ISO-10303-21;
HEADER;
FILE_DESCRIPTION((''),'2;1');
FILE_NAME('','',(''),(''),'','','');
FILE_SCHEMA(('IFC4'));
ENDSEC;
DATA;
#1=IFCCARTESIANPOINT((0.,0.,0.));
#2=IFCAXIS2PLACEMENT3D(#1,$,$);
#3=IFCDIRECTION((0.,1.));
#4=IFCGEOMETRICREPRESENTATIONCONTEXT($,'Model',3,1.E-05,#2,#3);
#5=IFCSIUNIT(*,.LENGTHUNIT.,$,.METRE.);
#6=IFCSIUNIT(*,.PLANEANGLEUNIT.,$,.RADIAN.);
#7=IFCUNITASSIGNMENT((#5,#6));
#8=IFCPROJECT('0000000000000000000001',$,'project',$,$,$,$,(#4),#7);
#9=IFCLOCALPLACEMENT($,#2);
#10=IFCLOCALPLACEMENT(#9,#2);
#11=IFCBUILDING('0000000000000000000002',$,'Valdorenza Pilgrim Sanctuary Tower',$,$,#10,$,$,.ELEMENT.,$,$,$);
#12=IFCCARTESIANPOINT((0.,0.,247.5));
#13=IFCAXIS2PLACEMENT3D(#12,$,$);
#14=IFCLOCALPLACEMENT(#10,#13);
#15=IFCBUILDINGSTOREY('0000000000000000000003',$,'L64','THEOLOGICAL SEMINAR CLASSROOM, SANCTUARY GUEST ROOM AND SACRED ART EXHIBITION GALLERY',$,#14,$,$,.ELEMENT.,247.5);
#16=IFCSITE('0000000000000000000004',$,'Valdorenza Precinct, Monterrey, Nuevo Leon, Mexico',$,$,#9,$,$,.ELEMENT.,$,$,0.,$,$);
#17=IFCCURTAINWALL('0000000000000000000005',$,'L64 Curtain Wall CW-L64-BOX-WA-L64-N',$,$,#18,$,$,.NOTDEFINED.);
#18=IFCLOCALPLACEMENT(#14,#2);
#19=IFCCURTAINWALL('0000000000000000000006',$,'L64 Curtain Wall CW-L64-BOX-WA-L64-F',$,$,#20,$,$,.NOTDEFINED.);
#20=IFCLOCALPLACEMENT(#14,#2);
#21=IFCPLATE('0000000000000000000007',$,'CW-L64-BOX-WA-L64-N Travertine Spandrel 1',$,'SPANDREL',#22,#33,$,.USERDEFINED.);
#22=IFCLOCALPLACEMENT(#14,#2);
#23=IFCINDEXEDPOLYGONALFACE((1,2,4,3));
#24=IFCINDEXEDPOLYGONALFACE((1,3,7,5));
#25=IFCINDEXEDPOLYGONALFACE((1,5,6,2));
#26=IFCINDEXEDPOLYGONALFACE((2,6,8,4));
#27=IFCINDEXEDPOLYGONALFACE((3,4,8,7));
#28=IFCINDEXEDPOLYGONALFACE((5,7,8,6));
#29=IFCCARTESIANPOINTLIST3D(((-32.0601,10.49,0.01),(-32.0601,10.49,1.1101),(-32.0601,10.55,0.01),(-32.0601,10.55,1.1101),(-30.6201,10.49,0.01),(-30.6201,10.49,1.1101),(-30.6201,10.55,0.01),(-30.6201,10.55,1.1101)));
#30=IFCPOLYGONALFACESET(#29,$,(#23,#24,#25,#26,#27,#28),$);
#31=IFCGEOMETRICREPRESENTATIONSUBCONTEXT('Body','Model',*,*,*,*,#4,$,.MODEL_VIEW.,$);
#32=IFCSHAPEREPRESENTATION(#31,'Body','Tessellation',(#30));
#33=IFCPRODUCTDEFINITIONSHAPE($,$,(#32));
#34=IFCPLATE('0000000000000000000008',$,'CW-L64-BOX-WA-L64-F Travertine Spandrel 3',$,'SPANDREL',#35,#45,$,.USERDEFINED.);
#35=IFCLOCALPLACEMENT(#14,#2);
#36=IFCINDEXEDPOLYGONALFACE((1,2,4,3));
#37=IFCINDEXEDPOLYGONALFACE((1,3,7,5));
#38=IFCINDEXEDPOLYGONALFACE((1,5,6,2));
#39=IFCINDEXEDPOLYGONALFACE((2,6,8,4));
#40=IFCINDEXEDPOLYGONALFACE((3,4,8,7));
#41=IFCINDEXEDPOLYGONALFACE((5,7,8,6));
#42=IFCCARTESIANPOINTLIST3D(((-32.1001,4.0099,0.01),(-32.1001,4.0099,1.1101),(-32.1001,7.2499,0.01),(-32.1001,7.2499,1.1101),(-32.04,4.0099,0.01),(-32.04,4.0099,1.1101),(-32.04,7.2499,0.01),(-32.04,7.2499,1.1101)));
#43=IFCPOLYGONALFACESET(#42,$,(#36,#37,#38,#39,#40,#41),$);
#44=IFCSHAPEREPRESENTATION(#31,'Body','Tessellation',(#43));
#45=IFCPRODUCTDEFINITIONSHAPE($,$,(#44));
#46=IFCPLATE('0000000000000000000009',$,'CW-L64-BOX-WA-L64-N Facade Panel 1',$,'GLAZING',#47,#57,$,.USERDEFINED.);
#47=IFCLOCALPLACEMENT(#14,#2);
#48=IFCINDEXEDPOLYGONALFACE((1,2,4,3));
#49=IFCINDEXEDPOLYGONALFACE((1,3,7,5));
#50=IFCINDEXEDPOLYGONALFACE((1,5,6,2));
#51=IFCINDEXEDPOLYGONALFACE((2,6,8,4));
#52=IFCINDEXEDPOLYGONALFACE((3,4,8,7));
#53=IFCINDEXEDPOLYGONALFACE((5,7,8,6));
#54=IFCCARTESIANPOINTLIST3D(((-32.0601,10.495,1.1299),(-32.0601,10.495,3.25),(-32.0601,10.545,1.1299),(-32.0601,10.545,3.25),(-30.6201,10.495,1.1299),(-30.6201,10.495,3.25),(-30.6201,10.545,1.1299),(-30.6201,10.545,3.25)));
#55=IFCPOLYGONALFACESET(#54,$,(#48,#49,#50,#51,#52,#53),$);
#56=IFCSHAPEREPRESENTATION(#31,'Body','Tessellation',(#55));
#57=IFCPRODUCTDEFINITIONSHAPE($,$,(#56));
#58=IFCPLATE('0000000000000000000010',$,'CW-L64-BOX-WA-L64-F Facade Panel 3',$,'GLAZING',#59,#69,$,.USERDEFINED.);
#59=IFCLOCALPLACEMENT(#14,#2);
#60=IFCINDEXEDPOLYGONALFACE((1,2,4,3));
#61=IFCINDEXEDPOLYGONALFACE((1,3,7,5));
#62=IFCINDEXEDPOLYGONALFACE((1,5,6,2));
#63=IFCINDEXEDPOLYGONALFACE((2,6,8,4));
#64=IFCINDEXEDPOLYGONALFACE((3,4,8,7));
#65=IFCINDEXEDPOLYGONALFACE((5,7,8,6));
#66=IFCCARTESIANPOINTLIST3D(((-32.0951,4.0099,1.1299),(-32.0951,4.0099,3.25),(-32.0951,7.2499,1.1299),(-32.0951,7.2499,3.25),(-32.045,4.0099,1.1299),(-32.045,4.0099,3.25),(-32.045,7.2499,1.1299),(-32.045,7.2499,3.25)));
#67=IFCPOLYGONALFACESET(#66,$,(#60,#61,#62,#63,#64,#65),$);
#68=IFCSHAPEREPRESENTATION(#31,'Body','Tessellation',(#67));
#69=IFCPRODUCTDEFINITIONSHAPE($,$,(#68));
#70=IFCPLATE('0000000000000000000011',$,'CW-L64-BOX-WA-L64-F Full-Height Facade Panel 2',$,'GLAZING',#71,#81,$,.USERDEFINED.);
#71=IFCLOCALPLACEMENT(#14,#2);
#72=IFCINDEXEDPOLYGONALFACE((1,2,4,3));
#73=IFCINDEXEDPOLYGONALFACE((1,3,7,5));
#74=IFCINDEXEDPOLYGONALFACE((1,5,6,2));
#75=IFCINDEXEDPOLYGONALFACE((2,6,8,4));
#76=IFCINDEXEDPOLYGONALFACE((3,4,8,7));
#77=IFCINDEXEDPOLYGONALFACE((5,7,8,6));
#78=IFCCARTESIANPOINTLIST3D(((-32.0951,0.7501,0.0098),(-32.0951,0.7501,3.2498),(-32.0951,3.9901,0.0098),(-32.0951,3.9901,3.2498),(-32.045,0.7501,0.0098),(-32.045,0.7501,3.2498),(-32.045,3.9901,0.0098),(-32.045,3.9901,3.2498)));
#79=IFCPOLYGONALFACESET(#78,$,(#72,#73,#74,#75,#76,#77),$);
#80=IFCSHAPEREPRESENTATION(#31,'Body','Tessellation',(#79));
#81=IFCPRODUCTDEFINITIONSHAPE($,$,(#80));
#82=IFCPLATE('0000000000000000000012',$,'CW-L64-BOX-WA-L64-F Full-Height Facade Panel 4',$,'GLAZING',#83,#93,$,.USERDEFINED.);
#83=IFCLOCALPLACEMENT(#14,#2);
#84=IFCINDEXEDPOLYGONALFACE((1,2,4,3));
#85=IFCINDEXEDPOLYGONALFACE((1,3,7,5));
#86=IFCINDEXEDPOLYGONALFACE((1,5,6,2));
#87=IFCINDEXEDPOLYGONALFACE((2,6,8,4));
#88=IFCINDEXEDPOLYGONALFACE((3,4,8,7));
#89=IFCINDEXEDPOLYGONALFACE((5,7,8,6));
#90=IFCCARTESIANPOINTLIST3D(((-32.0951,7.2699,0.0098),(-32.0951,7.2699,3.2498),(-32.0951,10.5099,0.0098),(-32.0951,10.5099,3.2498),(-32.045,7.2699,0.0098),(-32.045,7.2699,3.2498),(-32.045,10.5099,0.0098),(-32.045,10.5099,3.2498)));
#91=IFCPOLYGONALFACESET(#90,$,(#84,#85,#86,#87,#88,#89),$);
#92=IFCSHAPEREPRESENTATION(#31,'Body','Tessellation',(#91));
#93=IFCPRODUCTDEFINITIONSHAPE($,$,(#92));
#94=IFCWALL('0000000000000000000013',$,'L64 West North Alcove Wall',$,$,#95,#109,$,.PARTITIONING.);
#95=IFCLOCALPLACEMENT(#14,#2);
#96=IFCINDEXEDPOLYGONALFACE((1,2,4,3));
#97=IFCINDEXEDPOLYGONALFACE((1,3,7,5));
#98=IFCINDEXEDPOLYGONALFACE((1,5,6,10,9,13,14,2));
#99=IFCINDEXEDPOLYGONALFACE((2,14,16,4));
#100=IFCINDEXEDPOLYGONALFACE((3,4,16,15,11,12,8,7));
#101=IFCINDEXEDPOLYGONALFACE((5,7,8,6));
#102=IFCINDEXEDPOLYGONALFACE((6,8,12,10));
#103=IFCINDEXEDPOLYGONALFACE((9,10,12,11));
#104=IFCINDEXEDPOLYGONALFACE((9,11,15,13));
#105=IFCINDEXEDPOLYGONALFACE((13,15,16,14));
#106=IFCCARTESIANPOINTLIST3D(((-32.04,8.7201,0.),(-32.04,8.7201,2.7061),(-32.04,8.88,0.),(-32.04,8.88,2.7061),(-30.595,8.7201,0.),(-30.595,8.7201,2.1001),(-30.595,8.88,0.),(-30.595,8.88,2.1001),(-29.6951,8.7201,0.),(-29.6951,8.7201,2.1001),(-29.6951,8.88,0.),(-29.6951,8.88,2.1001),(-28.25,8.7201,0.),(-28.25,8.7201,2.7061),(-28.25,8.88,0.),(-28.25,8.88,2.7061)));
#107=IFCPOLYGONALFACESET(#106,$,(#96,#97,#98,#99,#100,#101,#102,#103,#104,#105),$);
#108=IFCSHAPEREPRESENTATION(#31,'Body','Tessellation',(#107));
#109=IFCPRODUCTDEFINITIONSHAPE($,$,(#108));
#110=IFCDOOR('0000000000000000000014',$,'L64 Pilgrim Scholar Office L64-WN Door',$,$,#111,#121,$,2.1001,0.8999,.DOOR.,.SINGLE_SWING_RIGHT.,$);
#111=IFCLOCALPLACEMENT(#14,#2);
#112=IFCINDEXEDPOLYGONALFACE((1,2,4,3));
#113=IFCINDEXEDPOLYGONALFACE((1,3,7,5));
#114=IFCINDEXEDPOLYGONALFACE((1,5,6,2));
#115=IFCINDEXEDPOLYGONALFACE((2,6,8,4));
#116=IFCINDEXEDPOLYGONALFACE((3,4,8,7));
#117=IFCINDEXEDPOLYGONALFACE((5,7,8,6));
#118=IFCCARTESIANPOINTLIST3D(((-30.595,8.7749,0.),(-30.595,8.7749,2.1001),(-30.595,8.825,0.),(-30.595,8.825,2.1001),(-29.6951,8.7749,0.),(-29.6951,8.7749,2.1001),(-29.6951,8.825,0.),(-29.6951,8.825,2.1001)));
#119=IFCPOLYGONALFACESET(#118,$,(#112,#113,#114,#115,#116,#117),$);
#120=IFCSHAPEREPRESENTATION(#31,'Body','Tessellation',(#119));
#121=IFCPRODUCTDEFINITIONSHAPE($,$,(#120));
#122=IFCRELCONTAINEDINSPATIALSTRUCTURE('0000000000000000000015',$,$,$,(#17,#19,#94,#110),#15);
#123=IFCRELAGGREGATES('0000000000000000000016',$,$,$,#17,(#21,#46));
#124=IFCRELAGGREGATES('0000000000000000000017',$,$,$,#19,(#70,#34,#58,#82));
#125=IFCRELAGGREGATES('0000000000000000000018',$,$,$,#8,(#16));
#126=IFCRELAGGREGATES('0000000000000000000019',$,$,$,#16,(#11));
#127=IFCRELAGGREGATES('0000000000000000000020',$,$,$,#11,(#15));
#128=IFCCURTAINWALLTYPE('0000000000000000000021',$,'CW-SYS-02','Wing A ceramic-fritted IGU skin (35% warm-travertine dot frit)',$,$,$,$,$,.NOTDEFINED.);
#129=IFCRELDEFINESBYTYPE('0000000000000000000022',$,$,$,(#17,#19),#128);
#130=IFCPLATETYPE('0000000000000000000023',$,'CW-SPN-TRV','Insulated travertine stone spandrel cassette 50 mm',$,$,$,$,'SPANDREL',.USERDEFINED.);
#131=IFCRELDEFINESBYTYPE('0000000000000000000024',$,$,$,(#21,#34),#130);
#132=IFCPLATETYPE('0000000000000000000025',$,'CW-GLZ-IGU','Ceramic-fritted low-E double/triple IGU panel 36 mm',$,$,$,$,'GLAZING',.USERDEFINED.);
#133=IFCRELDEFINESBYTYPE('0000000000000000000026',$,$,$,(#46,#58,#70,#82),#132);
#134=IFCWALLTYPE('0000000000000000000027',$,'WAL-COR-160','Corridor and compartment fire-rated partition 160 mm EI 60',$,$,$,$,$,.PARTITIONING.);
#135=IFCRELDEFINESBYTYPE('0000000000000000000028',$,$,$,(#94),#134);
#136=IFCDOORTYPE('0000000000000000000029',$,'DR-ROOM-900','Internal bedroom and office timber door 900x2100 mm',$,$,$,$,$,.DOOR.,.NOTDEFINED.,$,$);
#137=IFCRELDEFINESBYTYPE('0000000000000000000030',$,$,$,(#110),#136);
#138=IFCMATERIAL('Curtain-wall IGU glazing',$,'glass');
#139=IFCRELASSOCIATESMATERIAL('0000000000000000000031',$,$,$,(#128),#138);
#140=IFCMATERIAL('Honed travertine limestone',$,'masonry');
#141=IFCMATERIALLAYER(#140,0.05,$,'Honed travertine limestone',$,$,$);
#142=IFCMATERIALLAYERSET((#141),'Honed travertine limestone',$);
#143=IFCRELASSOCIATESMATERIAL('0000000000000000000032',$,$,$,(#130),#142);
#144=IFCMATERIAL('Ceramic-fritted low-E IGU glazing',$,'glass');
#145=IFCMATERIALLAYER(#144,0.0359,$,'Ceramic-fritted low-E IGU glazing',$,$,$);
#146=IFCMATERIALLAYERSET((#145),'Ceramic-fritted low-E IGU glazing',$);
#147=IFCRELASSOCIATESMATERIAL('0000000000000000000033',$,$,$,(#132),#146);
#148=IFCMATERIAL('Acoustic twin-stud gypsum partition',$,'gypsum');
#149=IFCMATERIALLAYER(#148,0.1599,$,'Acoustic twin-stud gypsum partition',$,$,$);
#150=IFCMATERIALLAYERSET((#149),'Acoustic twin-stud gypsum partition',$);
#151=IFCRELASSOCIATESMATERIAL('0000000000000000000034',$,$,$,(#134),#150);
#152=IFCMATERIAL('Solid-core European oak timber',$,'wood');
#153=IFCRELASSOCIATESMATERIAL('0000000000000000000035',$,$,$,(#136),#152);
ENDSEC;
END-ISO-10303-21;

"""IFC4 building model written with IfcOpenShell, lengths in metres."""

from ifc_helpers import new_model, si_unit, direction, frame, frame_2d, origin, origin_2d, place, context, subcontext, project, spatial, rectangle, extrude, source, transform, mapped, material, layer, layer_set, type_object, element, fill, aggregate, save


model = new_model("IFC4")

# Units and contexts
model_context = context("Model", 3, precision=1e-05, world=origin(), true_north=direction((0.0, 1.0)))
body_context = subcontext(model_context, "Body", "Model", "MODEL_VIEW")
ifc_project = project(units=[si_unit("LENGTHUNIT", "METRE"), si_unit("PLANEANGLEUNIT", "RADIAN")], contexts=[model_context])

# Site, building, storey
site_placement = place(None, origin())
site = spatial("IfcSite", under=ifc_project, at=site_placement, Name="Valdorenza Precinct, Monterrey, Nuevo Leon, Mexico", CompositionType="ELEMENT", RefElevation=0.0)
building_placement = place(site_placement, origin())
building = spatial("IfcBuilding", under=site, at=building_placement, Name="Valdorenza Pilgrim Sanctuary Tower", CompositionType="ELEMENT")
storey_placement = place(building_placement, frame((0.0, 0.0, 247.5)))
storey = spatial("IfcBuildingStorey", under=building, at=storey_placement, Name="L64", Description="THEOLOGICAL SEMINAR CLASSROOM, SANCTUARY GUEST ROOM AND SACRED ART EXHIBITION GALLERY", CompositionType="ELEMENT", Elevation=247.5)

# Curtain wall
ifc_material_1 = material(Name="Curtain-wall IGU glazing", Category="glass")
curtain_wall_type = type_object("IfcCurtainWallType", Name="CW-SYS-02", Description="Wing A ceramic-fritted IGU skin (35% warm-travertine dot frit)", PredefinedType="NOTDEFINED", material=ifc_material_1)
curtain_wall_1_placement = place(storey_placement, origin())
curtain_wall_1 = element("IfcCurtainWall", 1, at=curtain_wall_1_placement, inside=storey, type_object=curtain_wall_type, Name="L64 Curtain Wall CW-L64-BOX-WA-L64-N", PredefinedType="NOTDEFINED")

# Curtain wall
curtain_wall_2_placement = place(storey_placement, origin())
curtain_wall_2 = element("IfcCurtainWall", 2, at=curtain_wall_2_placement, inside=storey, type_object=curtain_wall_type, Name="L64 Curtain Wall CW-L64-BOX-WA-L64-F", PredefinedType="NOTDEFINED")

# Plates
ifc_material_2 = material(Name="Honed travertine limestone", Category="masonry")
ifc_layer_1 = layer(ifc_material_2, 0.05, Name="Honed travertine limestone")
ifc_layer_set_1 = layer_set([ifc_layer_1], Name="Honed travertine limestone")
plate_type_1 = type_object("IfcPlateType", Name="CW-SPN-TRV", Description="Insulated travertine stone spandrel cassette 50 mm", ElementType="SPANDREL", PredefinedType="USERDEFINED", material=ifc_layer_set_1)
shared_shape_1 = source(origin(), body_context, "Body", "SweptSolid", [
    extrude(rectangle(XDim=1.4399, YDim=0.0601, at=origin_2d()), origin(), (0.0, 0.0, 1.0), 1.1001),
])
plate_1_placement = place(storey_placement, frame((-31.3401, 10.52, 0.01), z_axis=(0.0, 0.0, 1.0), x_axis=(1.0, 0.0, 0.0)))
plate_1 = element("IfcPlate", 3, at=plate_1_placement, type_object=plate_type_1, Name="CW-L64-BOX-WA-L64-N Travertine Spandrel 1", ObjectType="SPANDREL", PredefinedType="USERDEFINED", context=body_context, shape_type="MappedRepresentation", body=[
    mapped(shared_shape_1, transform((0.0, 0.0, 0.0), x_axis=(1.0, 0.0, 0.0), y_axis=(0.0, 1.0, 0.0), z_axis=(0.0, 0.0, 1.0), scale=1.0)),
])
shared_shape_2 = source(origin(), body_context, "Body", "SweptSolid", [
    extrude(rectangle(XDim=3.24, YDim=0.0601, at=origin_2d()), origin(), (0.0, 0.0, 1.0), 1.1001),
])
plate_2_placement = place(storey_placement, frame((-32.0701, 5.6299, 0.01), z_axis=(0.0, 0.0, 1.0), x_axis=(0.0, 1.0, 0.0)))
plate_2 = element("IfcPlate", 4, at=plate_2_placement, type_object=plate_type_1, Name="CW-L64-BOX-WA-L64-F Travertine Spandrel 3", ObjectType="SPANDREL", PredefinedType="USERDEFINED", context=body_context, shape_type="MappedRepresentation", body=[
    mapped(shared_shape_2, transform((0.0, 0.0, 0.0), x_axis=(1.0, 0.0, 0.0), y_axis=(0.0, 1.0, 0.0), z_axis=(0.0, 0.0, 1.0), scale=1.0)),
])
ifc_material_3 = material(Name="Ceramic-fritted low-E IGU glazing", Category="glass")
ifc_layer_2 = layer(ifc_material_3, 0.0359, Name="Ceramic-fritted low-E IGU glazing")
ifc_layer_set_2 = layer_set([ifc_layer_2], Name="Ceramic-fritted low-E IGU glazing")
plate_type_2 = type_object("IfcPlateType", Name="CW-GLZ-IGU", Description="Ceramic-fritted low-E double/triple IGU panel 36 mm", ElementType="GLAZING", PredefinedType="USERDEFINED", material=ifc_layer_set_2)
shared_shape_3 = source(origin(), body_context, "Body", "SweptSolid", [
    extrude(rectangle(XDim=1.4399, YDim=0.05, at=origin_2d()), origin(), (0.0, 0.0, 1.0), 2.1201),
])
plate_3_placement = place(storey_placement, frame((-31.3401, 10.52, 1.1299), z_axis=(0.0, 0.0, 1.0), x_axis=(1.0, 0.0, 0.0)))
plate_3 = element("IfcPlate", 5, at=plate_3_placement, type_object=plate_type_2, Name="CW-L64-BOX-WA-L64-N Facade Panel 1", ObjectType="GLAZING", PredefinedType="USERDEFINED", context=body_context, shape_type="MappedRepresentation", body=[
    mapped(shared_shape_3, transform((0.0, 0.0, 0.0), x_axis=(1.0, 0.0, 0.0), y_axis=(0.0, 1.0, 0.0), z_axis=(0.0, 0.0, 1.0), scale=1.0)),
])
aggregate(curtain_wall_1, [plate_1, plate_3])
shared_shape_4 = source(origin(), body_context, "Body", "SweptSolid", [
    extrude(rectangle(XDim=3.24, YDim=0.05, at=origin_2d()), origin(), (0.0, 0.0, 1.0), 2.1201),
])
plate_4_placement = place(storey_placement, frame((-32.0701, 5.6299, 1.1299), z_axis=(0.0, 0.0, 1.0), x_axis=(0.0, 1.0, 0.0)))
plate_4 = element("IfcPlate", 6, at=plate_4_placement, type_object=plate_type_2, Name="CW-L64-BOX-WA-L64-F Facade Panel 3", ObjectType="GLAZING", PredefinedType="USERDEFINED", context=body_context, shape_type="MappedRepresentation", body=[
    mapped(shared_shape_4, transform((0.0, 0.0, 0.0), x_axis=(1.0, 0.0, 0.0), y_axis=(0.0, 1.0, 0.0), z_axis=(0.0, 0.0, 1.0), scale=1.0)),
])
shared_shape_5 = source(origin(), body_context, "Body", "SweptSolid", [
    extrude(rectangle(XDim=3.24, YDim=0.05, at=origin_2d()), origin(), (0.0, 0.0, 1.0), 3.24),
])
plate_5_placement = place(storey_placement, frame((-32.0701, 2.3701, 0.0098), z_axis=(0.0, 0.0, 1.0), x_axis=(0.0, 1.0, 0.0)))
plate_5 = element("IfcPlate", 7, at=plate_5_placement, type_object=plate_type_2, Name="CW-L64-BOX-WA-L64-F Full-Height Facade Panel 2", ObjectType="GLAZING", PredefinedType="USERDEFINED", context=body_context, shape_type="MappedRepresentation", body=[
    mapped(shared_shape_5, transform((0.0, 0.0, 0.0), x_axis=(1.0, 0.0, 0.0), y_axis=(0.0, 1.0, 0.0), z_axis=(0.0, 0.0, 1.0), scale=1.0)),
])
plate_6_placement = place(storey_placement, frame((-32.0701, 8.8899, 0.0098), z_axis=(0.0, 0.0, 1.0), x_axis=(0.0, 1.0, 0.0)))
plate_6 = element("IfcPlate", 8, at=plate_6_placement, type_object=plate_type_2, Name="CW-L64-BOX-WA-L64-F Full-Height Facade Panel 4", ObjectType="GLAZING", PredefinedType="USERDEFINED", context=body_context, shape_type="MappedRepresentation", body=[
    mapped(shared_shape_5, transform((0.0, 0.0, 0.0), x_axis=(1.0, 0.0, 0.0), y_axis=(0.0, 1.0, 0.0), z_axis=(0.0, 0.0, 1.0), scale=1.0)),
])
aggregate(curtain_wall_2, [plate_5, plate_2, plate_4, plate_6])

# Wall, opening, door
ifc_material_4 = material(Name="Acoustic twin-stud gypsum partition", Category="gypsum")
ifc_layer_3 = layer(ifc_material_4, 0.1599, Name="Acoustic twin-stud gypsum partition")
ifc_layer_set_3 = layer_set([ifc_layer_3], Name="Acoustic twin-stud gypsum partition")
wall_type = type_object("IfcWallType", Name="WAL-COR-160", Description="Corridor and compartment fire-rated partition 160 mm EI 60", PredefinedType="PARTITIONING", material=ifc_layer_set_3)
wall_placement = place(storey_placement, frame((-32.04, 8.8, 0.0), z_axis=(0.0, 0.0, 1.0), x_axis=(1.0, 0.0, 0.0)))
wall = element("IfcWall", 9, at=wall_placement, inside=storey, type_object=wall_type, Name="L64 West North Alcove Wall", PredefinedType="PARTITIONING", context=body_context, shape_type="SweptSolid", body=[
    extrude(rectangle(XDim=3.79, YDim=0.1599, at=frame_2d((1.895, 0.0))), origin(), (0.0, 0.0, 1.0), 2.7061),
])
opening_placement = place(wall_placement, frame((1.4451, 0.0, 0.0)))
opening = element("IfcOpeningElement", 10, at=opening_placement, cuts=wall, PredefinedType="OPENING", context=body_context, shape_type="SweptSolid", body=[
    extrude(rectangle(XDim=0.8999, YDim=2.1001, at=frame_2d((0.45, 1.05))), frame((0.0, 0.0947, 0.0), z_axis=(0.0, -1.0, 0.0), x_axis=(1.0, 0.0, 0.0)), (0.0, 0.0, 1.0), 0.1897),
])
ifc_material_5 = material(Name="Solid-core European oak timber", Category="wood")
door_type = type_object("IfcDoorType", Name="DR-ROOM-900", Description="Internal bedroom and office timber door 900x2100 mm", OperationType="NOTDEFINED", PredefinedType="DOOR", material=ifc_material_5)
door_placement = place(opening_placement, origin())
door = element("IfcDoor", 11, at=door_placement, inside=storey, type_object=door_type, Name="L64 Pilgrim Scholar Office L64-WN Door", OperationType="SINGLE_SWING_RIGHT", OverallHeight=2.1001, OverallWidth=0.8999, PredefinedType="DOOR", context=body_context, shape_type="SweptSolid", body=[
    extrude(rectangle(XDim=0.8999, YDim=2.1001, at=frame_2d((0.45, 1.05))), frame((0.0, 0.0249, 0.0), z_axis=(0.0, -1.0, 0.0), x_axis=(1.0, 0.0, 0.0)), (0.0, 0.0, 1.0), 0.05),
])
fill(opening, door)

save(model, "model.ifc")
